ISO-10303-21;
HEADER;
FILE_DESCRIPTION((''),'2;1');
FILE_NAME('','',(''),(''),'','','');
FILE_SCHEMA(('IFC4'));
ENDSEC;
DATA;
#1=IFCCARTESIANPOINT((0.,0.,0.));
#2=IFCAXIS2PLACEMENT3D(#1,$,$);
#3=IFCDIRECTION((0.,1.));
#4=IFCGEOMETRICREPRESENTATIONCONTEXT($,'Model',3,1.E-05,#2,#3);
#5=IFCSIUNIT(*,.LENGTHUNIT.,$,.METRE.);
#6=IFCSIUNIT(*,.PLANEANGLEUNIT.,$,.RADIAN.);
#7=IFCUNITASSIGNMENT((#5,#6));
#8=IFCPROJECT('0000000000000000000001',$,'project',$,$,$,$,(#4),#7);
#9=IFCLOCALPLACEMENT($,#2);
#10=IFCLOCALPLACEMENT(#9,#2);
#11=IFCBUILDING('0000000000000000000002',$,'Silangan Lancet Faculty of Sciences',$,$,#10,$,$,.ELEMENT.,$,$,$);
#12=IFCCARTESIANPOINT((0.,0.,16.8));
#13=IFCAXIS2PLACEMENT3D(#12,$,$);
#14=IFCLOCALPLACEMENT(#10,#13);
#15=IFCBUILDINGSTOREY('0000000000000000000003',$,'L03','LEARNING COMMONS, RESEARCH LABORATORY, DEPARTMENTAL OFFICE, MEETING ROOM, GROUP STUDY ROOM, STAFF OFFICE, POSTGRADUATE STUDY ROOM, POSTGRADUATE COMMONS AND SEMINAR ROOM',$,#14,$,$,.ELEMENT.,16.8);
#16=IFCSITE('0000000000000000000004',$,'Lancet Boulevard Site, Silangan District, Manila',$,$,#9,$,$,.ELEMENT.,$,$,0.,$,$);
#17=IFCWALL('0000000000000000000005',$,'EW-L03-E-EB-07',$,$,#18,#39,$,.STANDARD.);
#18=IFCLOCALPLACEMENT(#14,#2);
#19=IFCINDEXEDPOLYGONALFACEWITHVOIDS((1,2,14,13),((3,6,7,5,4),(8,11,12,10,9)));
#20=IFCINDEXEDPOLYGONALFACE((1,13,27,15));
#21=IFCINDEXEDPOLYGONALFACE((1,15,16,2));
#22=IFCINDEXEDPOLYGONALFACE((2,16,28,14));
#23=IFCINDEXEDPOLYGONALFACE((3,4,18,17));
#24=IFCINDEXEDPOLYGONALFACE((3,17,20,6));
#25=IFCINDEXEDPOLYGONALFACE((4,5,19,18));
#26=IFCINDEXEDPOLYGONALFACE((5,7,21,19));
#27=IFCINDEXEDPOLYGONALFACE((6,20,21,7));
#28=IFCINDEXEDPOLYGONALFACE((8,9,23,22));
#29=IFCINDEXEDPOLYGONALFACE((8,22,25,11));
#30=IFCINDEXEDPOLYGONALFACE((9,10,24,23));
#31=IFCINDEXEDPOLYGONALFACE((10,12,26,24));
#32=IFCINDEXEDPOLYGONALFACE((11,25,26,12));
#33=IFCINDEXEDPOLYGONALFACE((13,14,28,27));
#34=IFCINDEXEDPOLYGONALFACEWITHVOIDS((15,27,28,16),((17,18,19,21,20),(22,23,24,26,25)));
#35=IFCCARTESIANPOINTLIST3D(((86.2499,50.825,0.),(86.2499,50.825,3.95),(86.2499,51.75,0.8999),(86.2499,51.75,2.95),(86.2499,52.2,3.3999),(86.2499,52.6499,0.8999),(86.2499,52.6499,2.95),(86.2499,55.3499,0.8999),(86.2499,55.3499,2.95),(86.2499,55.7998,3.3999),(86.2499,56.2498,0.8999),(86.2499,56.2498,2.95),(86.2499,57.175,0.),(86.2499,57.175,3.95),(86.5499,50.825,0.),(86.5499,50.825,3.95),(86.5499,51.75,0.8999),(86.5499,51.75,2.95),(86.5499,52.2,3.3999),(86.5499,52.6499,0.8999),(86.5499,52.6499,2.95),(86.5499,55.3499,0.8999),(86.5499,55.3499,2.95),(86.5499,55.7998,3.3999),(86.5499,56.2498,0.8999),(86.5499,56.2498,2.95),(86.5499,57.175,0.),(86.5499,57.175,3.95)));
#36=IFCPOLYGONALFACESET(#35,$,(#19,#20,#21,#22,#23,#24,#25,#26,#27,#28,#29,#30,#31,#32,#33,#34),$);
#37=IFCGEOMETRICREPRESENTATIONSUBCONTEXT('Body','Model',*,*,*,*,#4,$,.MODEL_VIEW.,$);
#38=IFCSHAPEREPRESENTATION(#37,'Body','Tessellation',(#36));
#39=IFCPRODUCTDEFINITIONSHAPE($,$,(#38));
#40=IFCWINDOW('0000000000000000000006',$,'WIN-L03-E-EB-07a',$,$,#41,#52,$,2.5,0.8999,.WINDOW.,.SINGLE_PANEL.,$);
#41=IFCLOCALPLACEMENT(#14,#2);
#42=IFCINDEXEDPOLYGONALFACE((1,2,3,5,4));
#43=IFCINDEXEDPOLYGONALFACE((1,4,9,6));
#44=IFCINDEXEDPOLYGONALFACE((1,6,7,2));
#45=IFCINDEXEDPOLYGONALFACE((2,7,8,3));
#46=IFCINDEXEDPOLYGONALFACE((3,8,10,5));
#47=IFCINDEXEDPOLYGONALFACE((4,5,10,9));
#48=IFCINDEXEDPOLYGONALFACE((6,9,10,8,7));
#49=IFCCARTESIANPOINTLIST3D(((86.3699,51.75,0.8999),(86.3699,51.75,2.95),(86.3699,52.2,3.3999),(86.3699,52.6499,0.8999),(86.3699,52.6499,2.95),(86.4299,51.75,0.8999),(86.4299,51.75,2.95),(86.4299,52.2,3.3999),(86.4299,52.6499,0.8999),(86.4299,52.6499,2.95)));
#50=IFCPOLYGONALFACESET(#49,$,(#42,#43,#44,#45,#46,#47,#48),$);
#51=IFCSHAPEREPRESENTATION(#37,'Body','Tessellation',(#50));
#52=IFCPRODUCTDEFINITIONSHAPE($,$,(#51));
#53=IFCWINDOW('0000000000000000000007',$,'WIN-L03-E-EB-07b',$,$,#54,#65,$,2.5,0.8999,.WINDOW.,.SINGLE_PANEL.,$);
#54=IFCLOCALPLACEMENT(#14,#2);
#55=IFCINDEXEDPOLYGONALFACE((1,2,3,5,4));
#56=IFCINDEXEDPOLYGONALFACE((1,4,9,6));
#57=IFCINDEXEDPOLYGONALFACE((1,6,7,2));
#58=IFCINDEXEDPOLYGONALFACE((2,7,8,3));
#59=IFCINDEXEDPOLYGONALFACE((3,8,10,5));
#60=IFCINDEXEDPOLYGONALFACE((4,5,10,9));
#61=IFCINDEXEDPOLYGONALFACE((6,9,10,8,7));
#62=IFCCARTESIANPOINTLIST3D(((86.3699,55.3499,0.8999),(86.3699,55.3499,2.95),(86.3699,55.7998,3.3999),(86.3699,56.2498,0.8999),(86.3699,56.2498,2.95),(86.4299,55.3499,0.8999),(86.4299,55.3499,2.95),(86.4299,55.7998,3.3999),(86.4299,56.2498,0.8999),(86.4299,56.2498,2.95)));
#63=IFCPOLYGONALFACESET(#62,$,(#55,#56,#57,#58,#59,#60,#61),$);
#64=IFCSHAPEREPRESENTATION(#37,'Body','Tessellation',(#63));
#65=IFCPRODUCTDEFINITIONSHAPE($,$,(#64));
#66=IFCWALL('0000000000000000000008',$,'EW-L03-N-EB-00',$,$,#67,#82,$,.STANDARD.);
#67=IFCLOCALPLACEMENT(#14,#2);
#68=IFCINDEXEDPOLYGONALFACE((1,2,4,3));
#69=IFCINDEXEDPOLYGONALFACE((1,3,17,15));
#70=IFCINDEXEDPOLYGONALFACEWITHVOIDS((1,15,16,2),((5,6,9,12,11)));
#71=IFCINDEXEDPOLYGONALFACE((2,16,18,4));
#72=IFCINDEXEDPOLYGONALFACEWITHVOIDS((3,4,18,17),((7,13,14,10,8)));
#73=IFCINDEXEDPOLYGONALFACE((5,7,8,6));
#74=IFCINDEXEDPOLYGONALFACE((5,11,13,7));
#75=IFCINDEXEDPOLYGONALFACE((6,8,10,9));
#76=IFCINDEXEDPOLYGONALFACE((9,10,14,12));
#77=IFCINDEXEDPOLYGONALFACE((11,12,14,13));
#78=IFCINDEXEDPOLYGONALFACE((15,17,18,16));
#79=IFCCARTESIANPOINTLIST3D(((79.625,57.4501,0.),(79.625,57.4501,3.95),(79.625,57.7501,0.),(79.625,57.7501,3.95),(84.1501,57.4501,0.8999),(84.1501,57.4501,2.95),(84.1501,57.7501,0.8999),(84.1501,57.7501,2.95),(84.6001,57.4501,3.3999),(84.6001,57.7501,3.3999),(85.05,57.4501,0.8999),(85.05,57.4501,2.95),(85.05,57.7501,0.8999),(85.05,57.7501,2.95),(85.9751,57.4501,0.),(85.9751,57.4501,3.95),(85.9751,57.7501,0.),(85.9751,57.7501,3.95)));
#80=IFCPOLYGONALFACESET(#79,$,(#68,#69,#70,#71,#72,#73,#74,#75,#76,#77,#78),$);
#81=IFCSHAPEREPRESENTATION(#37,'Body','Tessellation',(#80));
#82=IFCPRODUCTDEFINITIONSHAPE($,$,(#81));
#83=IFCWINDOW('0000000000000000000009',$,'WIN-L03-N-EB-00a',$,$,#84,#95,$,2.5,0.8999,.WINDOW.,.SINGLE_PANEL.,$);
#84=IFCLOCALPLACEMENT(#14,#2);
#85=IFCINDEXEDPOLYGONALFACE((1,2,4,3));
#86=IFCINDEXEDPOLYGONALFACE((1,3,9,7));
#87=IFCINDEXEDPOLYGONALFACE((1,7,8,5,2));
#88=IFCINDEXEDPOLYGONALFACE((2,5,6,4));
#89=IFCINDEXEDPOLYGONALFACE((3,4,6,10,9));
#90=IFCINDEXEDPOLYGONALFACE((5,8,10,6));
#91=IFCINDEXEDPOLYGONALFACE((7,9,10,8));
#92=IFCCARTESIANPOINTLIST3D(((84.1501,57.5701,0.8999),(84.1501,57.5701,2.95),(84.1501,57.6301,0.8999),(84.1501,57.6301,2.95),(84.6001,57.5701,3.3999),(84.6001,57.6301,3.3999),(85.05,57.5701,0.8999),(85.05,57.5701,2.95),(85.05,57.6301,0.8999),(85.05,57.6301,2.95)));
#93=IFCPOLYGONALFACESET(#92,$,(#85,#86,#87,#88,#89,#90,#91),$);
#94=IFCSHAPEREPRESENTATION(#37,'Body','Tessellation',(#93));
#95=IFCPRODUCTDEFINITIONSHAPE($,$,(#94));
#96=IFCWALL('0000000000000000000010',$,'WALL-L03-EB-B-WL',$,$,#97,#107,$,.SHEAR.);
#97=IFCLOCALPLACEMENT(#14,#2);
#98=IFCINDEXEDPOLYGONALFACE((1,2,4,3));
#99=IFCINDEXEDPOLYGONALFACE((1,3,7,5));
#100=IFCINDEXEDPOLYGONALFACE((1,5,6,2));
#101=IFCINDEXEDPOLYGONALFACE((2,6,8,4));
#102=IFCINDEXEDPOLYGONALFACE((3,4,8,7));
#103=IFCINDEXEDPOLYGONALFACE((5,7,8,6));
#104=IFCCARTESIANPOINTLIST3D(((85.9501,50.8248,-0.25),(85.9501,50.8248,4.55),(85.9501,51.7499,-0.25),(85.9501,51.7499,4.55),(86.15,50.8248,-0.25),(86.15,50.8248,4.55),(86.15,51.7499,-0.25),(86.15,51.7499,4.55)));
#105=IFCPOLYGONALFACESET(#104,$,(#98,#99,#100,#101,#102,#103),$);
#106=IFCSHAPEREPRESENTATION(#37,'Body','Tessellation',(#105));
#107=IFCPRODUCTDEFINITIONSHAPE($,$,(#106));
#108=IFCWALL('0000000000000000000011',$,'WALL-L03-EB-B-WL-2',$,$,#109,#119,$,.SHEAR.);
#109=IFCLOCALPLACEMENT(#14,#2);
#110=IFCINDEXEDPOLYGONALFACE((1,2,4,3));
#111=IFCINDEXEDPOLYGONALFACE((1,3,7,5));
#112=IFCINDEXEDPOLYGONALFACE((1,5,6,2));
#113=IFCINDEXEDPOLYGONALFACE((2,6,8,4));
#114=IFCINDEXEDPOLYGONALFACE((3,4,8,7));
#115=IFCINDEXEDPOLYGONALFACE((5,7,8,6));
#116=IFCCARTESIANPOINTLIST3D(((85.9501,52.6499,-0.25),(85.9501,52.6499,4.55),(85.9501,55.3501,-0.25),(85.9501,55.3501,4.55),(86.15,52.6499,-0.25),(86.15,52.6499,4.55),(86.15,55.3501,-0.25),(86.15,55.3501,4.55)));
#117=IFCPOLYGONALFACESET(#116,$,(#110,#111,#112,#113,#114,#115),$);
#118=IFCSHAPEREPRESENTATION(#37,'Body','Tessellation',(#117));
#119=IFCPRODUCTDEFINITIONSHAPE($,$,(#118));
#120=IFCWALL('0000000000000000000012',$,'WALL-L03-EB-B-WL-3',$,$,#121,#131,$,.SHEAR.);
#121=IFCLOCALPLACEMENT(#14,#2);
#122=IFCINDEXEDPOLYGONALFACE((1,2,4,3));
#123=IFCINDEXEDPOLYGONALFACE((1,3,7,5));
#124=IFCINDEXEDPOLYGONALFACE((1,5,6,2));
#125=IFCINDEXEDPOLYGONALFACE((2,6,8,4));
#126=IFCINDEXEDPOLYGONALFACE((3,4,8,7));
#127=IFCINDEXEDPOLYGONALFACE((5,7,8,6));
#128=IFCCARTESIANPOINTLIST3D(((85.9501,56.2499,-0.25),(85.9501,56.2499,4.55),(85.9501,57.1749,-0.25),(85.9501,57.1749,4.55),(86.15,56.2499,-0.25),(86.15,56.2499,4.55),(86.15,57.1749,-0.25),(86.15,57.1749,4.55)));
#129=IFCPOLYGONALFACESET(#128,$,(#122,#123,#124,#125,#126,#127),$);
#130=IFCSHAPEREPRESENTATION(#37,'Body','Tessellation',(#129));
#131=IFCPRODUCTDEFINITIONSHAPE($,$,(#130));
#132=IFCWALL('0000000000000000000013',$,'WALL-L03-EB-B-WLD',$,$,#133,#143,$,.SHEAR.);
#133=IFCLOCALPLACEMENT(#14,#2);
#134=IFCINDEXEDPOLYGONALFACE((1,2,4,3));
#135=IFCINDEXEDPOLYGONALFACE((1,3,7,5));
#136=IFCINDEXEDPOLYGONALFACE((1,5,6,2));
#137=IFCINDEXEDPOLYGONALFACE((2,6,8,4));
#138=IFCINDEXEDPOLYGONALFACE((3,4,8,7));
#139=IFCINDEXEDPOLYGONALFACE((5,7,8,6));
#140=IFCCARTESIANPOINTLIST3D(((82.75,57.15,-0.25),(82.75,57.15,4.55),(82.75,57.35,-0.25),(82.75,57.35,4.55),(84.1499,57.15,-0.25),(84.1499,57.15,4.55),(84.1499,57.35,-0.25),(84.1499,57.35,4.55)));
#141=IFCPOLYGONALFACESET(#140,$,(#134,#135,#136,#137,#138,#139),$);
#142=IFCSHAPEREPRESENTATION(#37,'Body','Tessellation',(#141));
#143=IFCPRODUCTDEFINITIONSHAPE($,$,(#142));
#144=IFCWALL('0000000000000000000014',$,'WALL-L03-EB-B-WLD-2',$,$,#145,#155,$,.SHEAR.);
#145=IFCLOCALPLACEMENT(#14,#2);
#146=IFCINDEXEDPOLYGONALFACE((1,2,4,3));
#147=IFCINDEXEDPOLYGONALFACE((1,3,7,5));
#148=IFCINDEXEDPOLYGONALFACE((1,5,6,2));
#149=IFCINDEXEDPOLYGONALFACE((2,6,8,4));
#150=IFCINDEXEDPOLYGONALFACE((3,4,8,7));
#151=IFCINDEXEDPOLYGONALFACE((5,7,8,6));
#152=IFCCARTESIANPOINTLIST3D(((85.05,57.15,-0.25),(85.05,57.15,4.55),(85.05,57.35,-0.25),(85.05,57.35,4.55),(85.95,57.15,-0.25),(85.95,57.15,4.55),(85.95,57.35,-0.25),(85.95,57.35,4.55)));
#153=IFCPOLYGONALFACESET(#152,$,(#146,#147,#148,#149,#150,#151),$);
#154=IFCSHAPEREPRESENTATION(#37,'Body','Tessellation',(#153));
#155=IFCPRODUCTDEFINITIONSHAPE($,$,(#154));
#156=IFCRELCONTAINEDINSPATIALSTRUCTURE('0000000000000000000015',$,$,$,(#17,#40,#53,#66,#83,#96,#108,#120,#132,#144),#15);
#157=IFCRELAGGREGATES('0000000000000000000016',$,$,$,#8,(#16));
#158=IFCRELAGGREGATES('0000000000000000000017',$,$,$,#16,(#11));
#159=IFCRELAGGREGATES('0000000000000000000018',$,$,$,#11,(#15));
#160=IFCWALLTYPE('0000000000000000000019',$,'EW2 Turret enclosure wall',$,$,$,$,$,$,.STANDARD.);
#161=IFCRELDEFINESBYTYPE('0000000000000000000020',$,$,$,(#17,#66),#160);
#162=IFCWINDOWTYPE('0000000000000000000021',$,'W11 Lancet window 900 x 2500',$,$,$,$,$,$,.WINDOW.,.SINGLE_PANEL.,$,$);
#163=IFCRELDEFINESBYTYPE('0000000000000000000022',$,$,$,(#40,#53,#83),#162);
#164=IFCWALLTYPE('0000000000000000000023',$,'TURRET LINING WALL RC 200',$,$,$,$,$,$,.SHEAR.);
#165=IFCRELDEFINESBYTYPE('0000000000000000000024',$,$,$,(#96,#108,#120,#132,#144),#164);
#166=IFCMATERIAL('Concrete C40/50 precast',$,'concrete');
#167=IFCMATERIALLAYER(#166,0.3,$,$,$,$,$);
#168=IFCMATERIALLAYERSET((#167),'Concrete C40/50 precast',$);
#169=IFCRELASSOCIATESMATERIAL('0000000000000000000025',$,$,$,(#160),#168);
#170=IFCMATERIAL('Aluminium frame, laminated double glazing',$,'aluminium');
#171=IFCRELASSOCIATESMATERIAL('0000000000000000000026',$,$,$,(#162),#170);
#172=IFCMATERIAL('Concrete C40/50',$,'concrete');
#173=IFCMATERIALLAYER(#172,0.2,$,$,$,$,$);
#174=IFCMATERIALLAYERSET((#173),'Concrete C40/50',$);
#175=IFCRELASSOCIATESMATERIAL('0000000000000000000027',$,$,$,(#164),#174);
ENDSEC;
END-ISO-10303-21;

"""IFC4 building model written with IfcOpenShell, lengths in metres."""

from ifc_helpers import new_model, si_unit, direction, frame, frame_2d, origin, place, context, subcontext, project, spatial, polyline, rectangle, outline, extrude, material, layer, layer_set, type_object, element, fill, save


model = new_model("IFC4")

# Units and contexts
model_context = context("Model", 3, precision=1e-05, world=origin(), true_north=direction((0.0, 1.0)))
body_context = subcontext(model_context, "Body", "Model", "MODEL_VIEW")
ifc_project = project(units=[si_unit("LENGTHUNIT", "METRE"), si_unit("PLANEANGLEUNIT", "RADIAN")], contexts=[model_context])

# Site, building, storey
site_placement = place(None, origin())
site = spatial("IfcSite", under=ifc_project, at=site_placement, Name="Lancet Boulevard Site, Silangan District, Manila", CompositionType="ELEMENT", RefElevation=0.0)
building_placement = place(site_placement, origin())
building = spatial("IfcBuilding", under=site, at=building_placement, Name="Silangan Lancet Faculty of Sciences", CompositionType="ELEMENT")
storey_placement = place(building_placement, frame((0.0, 0.0, 16.8)))
storey = spatial("IfcBuildingStorey", under=building, at=storey_placement, Name="L03", Description="LEARNING COMMONS, RESEARCH LABORATORY, DEPARTMENTAL OFFICE, MEETING ROOM, GROUP STUDY ROOM, STAFF OFFICE, POSTGRADUATE STUDY ROOM, POSTGRADUATE COMMONS AND SEMINAR ROOM", CompositionType="ELEMENT", Elevation=16.8)

# Wall, openings, windows
ifc_material_1 = material(Name="Concrete C40/50 precast", Category="concrete")
ifc_layer_1 = layer(ifc_material_1, 0.3)
ifc_layer_set_1 = layer_set([ifc_layer_1], Name="Concrete C40/50 precast")
wall_type_1 = type_object("IfcWallType", Name="EW2 Turret enclosure wall", PredefinedType="STANDARD", material=ifc_layer_set_1)
wall_1_placement = place(storey_placement, frame((86.3999, 50.825, 0.0), z_axis=(0.0, 0.0, 1.0), x_axis=(0.0, 1.0, 0.0)))
wall_1 = element("IfcWall", 1, at=wall_1_placement, inside=storey, type_object=wall_type_1, Name="EW-L03-E-EB-07", PredefinedType="STANDARD", context=body_context, shape_type="SweptSolid", body=[
    extrude(rectangle(XDim=6.3501, YDim=0.3, at=frame_2d((3.175, 0.0))), origin(), (0.0, 0.0, 1.0), 3.95),
])
opening_1_placement = place(wall_1_placement, frame((0.925, 0.0, 0.8999)))
opening_1 = element("IfcOpeningElement", 2, at=opening_1_placement, cuts=wall_1, PredefinedType="OPENING", context=body_context, shape_type="SweptSolid", body=[
    extrude(outline(polyline([(0.0, 0.0), (0.8999, 0.0), (0.8999, 2.05), (0.45, 2.5), (0.0, 2.05), (0.0, 0.0)])), frame((0.0, 0.1599, 0.0), z_axis=(0.0, -1.0, 0.0), x_axis=(1.0, 0.0, 0.0)), (0.0, 0.0, 1.0), 0.3201),
])
opening_2_placement = place(wall_1_placement, frame((4.5249, 0.0, 0.8999)))
opening_2 = element("IfcOpeningElement", 3, at=opening_2_placement, cuts=wall_1, PredefinedType="OPENING", context=body_context, shape_type="SweptSolid", body=[
    extrude(outline(polyline([(0.0, 0.0), (0.8999, 0.0), (0.8999, 2.05), (0.45, 2.5), (0.0, 2.05), (0.0, 0.0)])), frame((0.0, 0.1599, 0.0), z_axis=(0.0, -1.0, 0.0), x_axis=(1.0, 0.0, 0.0)), (0.0, 0.0, 1.0), 0.3201),
])
ifc_material_2 = material(Name="Aluminium frame, laminated double glazing", Category="aluminium")
window_type = type_object("IfcWindowType", Name="W11 Lancet window 900 x 2500", PartitioningType="SINGLE_PANEL", PredefinedType="WINDOW", material=ifc_material_2)
window_1_placement = place(opening_1_placement, origin())
window_1 = element("IfcWindow", 4, at=window_1_placement, inside=storey, type_object=window_type, Name="WIN-L03-E-EB-07a", OverallHeight=2.5, OverallWidth=0.8999, PartitioningType="SINGLE_PANEL", PredefinedType="WINDOW", context=body_context, shape_type="SweptSolid", body=[
    extrude(outline(polyline([(0.0, 0.0), (0.8999, 0.0), (0.8999, 2.05), (0.45, 2.5), (0.0, 2.05), (0.0, 0.0)])), frame((0.0, 0.03, 0.0), z_axis=(0.0, -1.0, 0.0), x_axis=(1.0, 0.0, 0.0)), (0.0, 0.0, 1.0), 0.0601),
])
fill(opening_1, window_1)
window_2_placement = place(opening_2_placement, origin())
window_2 = element("IfcWindow", 5, at=window_2_placement, inside=storey, type_object=window_type, Name="WIN-L03-E-EB-07b", OverallHeight=2.5, OverallWidth=0.8999, PartitioningType="SINGLE_PANEL", PredefinedType="WINDOW", context=body_context, shape_type="SweptSolid", body=[
    extrude(outline(polyline([(0.0, 0.0), (0.8999, 0.0), (0.8999, 2.05), (0.45, 2.5), (0.0, 2.05), (0.0, 0.0)])), frame((0.0, 0.03, 0.0), z_axis=(0.0, -1.0, 0.0), x_axis=(1.0, 0.0, 0.0)), (0.0, 0.0, 1.0), 0.0601),
])
fill(opening_2, window_2)

# Wall, opening, window
wall_2_placement = place(storey_placement, frame((85.9751, 57.6001, 0.0), z_axis=(0.0, 0.0, 1.0), x_axis=(-1.0, 0.0, 0.0)))
wall_2 = element("IfcWall", 6, at=wall_2_placement, inside=storey, type_object=wall_type_1, Name="EW-L03-N-EB-00", PredefinedType="STANDARD", context=body_context, shape_type="SweptSolid", body=[
    extrude(rectangle(XDim=6.3501, YDim=0.3, at=frame_2d((3.175, 0.0))), origin(), (0.0, 0.0, 1.0), 3.95),
])
opening_3_placement = place(wall_2_placement, frame((0.925, 0.0, 0.8999)))
opening_3 = element("IfcOpeningElement", 7, at=opening_3_placement, cuts=wall_2, PredefinedType="OPENING", context=body_context, shape_type="SweptSolid", body=[
    extrude(outline(polyline([(0.0, 0.0), (0.8999, 0.0), (0.8999, 2.05), (0.45, 2.5), (0.0, 2.05), (0.0, 0.0)])), frame((0.0, 0.1599, 0.0), z_axis=(0.0, -1.0, 0.0), x_axis=(1.0, 0.0, 0.0)), (0.0, 0.0, 1.0), 0.3201),
])
window_3_placement = place(opening_3_placement, origin())
window_3 = element("IfcWindow", 8, at=window_3_placement, inside=storey, type_object=window_type, Name="WIN-L03-N-EB-00a", OverallHeight=2.5, OverallWidth=0.8999, PartitioningType="SINGLE_PANEL", PredefinedType="WINDOW", context=body_context, shape_type="SweptSolid", body=[
    extrude(outline(polyline([(0.0, 0.0), (0.8999, 0.0), (0.8999, 2.05), (0.45, 2.5), (0.0, 2.05), (0.0, 0.0)])), frame((0.0, 0.03, 0.0), z_axis=(0.0, -1.0, 0.0), x_axis=(1.0, 0.0, 0.0)), (0.0, 0.0, 1.0), 0.0601),
])
fill(opening_3, window_3)

# Walls
ifc_material_3 = material(Name="Concrete C40/50", Category="concrete")
ifc_layer_2 = layer(ifc_material_3, 0.2)
ifc_layer_set_2 = layer_set([ifc_layer_2], Name="Concrete C40/50")
wall_type_2 = type_object("IfcWallType", Name="TURRET LINING WALL RC 200", PredefinedType="SHEAR", material=ifc_layer_set_2)
wall_3_placement = place(storey_placement, frame((86.05, 50.825, -0.25), z_axis=(0.0, 0.0, 1.0), x_axis=(0.0, 1.0, 0.0)))
element("IfcWall", 9, at=wall_3_placement, inside=storey, type_object=wall_type_2, Name="WALL-L03-EB-B-WL", PredefinedType="SHEAR", context=body_context, shape_type="SweptSolid", body=[
    extrude(rectangle(XDim=0.925, YDim=0.2, at=frame_2d((0.4624, 0.0))), origin(), (0.0, 0.0, 1.0), 4.8),
])
wall_4_placement = place(storey_placement, frame((86.05, 52.6499, -0.25), z_axis=(0.0, 0.0, 1.0), x_axis=(0.0, 1.0, 0.0)))
element("IfcWall", 10, at=wall_4_placement, inside=storey, type_object=wall_type_2, Name="WALL-L03-EB-B-WL-2", PredefinedType="SHEAR", context=body_context, shape_type="SweptSolid", body=[
    extrude(rectangle(XDim=2.7002, YDim=0.2, at=frame_2d((1.3501, 0.0))), origin(), (0.0, 0.0, 1.0), 4.8),
])
wall_5_placement = place(storey_placement, frame((86.05, 56.25, -0.25), z_axis=(0.0, 0.0, 1.0), x_axis=(0.0, 1.0, 0.0)))
element("IfcWall", 11, at=wall_5_placement, inside=storey, type_object=wall_type_2, Name="WALL-L03-EB-B-WL-3", PredefinedType="SHEAR", context=body_context, shape_type="SweptSolid", body=[
    extrude(rectangle(XDim=0.925, YDim=0.2, at=frame_2d((0.4624, 0.0))), origin(), (0.0, 0.0, 1.0), 4.8),
])
wall_6_placement = place(storey_placement, frame((82.75, 57.25, -0.25), z_axis=(0.0, 0.0, 1.0), x_axis=(1.0, 0.0, 0.0)))
element("IfcWall", 12, at=wall_6_placement, inside=storey, type_object=wall_type_2, Name="WALL-L03-EB-B-WLD", PredefinedType="SHEAR", context=body_context, shape_type="SweptSolid", body=[
    extrude(rectangle(XDim=1.3999, YDim=0.2, at=frame_2d((0.7, 0.0))), origin(), (0.0, 0.0, 1.0), 4.8),
])
wall_7_placement = place(storey_placement, frame((85.05, 57.25, -0.25), z_axis=(0.0, 0.0, 1.0), x_axis=(1.0, 0.0, 0.0)))
element("IfcWall", 13, at=wall_7_placement, inside=storey, type_object=wall_type_2, Name="WALL-L03-EB-B-WLD-2", PredefinedType="SHEAR", context=body_context, shape_type="SweptSolid", body=[
    extrude(rectangle(XDim=0.8999, YDim=0.2, at=frame_2d((0.45, 0.0))), origin(), (0.0, 0.0, 1.0), 4.8),
])

save(model, "model.ifc")
